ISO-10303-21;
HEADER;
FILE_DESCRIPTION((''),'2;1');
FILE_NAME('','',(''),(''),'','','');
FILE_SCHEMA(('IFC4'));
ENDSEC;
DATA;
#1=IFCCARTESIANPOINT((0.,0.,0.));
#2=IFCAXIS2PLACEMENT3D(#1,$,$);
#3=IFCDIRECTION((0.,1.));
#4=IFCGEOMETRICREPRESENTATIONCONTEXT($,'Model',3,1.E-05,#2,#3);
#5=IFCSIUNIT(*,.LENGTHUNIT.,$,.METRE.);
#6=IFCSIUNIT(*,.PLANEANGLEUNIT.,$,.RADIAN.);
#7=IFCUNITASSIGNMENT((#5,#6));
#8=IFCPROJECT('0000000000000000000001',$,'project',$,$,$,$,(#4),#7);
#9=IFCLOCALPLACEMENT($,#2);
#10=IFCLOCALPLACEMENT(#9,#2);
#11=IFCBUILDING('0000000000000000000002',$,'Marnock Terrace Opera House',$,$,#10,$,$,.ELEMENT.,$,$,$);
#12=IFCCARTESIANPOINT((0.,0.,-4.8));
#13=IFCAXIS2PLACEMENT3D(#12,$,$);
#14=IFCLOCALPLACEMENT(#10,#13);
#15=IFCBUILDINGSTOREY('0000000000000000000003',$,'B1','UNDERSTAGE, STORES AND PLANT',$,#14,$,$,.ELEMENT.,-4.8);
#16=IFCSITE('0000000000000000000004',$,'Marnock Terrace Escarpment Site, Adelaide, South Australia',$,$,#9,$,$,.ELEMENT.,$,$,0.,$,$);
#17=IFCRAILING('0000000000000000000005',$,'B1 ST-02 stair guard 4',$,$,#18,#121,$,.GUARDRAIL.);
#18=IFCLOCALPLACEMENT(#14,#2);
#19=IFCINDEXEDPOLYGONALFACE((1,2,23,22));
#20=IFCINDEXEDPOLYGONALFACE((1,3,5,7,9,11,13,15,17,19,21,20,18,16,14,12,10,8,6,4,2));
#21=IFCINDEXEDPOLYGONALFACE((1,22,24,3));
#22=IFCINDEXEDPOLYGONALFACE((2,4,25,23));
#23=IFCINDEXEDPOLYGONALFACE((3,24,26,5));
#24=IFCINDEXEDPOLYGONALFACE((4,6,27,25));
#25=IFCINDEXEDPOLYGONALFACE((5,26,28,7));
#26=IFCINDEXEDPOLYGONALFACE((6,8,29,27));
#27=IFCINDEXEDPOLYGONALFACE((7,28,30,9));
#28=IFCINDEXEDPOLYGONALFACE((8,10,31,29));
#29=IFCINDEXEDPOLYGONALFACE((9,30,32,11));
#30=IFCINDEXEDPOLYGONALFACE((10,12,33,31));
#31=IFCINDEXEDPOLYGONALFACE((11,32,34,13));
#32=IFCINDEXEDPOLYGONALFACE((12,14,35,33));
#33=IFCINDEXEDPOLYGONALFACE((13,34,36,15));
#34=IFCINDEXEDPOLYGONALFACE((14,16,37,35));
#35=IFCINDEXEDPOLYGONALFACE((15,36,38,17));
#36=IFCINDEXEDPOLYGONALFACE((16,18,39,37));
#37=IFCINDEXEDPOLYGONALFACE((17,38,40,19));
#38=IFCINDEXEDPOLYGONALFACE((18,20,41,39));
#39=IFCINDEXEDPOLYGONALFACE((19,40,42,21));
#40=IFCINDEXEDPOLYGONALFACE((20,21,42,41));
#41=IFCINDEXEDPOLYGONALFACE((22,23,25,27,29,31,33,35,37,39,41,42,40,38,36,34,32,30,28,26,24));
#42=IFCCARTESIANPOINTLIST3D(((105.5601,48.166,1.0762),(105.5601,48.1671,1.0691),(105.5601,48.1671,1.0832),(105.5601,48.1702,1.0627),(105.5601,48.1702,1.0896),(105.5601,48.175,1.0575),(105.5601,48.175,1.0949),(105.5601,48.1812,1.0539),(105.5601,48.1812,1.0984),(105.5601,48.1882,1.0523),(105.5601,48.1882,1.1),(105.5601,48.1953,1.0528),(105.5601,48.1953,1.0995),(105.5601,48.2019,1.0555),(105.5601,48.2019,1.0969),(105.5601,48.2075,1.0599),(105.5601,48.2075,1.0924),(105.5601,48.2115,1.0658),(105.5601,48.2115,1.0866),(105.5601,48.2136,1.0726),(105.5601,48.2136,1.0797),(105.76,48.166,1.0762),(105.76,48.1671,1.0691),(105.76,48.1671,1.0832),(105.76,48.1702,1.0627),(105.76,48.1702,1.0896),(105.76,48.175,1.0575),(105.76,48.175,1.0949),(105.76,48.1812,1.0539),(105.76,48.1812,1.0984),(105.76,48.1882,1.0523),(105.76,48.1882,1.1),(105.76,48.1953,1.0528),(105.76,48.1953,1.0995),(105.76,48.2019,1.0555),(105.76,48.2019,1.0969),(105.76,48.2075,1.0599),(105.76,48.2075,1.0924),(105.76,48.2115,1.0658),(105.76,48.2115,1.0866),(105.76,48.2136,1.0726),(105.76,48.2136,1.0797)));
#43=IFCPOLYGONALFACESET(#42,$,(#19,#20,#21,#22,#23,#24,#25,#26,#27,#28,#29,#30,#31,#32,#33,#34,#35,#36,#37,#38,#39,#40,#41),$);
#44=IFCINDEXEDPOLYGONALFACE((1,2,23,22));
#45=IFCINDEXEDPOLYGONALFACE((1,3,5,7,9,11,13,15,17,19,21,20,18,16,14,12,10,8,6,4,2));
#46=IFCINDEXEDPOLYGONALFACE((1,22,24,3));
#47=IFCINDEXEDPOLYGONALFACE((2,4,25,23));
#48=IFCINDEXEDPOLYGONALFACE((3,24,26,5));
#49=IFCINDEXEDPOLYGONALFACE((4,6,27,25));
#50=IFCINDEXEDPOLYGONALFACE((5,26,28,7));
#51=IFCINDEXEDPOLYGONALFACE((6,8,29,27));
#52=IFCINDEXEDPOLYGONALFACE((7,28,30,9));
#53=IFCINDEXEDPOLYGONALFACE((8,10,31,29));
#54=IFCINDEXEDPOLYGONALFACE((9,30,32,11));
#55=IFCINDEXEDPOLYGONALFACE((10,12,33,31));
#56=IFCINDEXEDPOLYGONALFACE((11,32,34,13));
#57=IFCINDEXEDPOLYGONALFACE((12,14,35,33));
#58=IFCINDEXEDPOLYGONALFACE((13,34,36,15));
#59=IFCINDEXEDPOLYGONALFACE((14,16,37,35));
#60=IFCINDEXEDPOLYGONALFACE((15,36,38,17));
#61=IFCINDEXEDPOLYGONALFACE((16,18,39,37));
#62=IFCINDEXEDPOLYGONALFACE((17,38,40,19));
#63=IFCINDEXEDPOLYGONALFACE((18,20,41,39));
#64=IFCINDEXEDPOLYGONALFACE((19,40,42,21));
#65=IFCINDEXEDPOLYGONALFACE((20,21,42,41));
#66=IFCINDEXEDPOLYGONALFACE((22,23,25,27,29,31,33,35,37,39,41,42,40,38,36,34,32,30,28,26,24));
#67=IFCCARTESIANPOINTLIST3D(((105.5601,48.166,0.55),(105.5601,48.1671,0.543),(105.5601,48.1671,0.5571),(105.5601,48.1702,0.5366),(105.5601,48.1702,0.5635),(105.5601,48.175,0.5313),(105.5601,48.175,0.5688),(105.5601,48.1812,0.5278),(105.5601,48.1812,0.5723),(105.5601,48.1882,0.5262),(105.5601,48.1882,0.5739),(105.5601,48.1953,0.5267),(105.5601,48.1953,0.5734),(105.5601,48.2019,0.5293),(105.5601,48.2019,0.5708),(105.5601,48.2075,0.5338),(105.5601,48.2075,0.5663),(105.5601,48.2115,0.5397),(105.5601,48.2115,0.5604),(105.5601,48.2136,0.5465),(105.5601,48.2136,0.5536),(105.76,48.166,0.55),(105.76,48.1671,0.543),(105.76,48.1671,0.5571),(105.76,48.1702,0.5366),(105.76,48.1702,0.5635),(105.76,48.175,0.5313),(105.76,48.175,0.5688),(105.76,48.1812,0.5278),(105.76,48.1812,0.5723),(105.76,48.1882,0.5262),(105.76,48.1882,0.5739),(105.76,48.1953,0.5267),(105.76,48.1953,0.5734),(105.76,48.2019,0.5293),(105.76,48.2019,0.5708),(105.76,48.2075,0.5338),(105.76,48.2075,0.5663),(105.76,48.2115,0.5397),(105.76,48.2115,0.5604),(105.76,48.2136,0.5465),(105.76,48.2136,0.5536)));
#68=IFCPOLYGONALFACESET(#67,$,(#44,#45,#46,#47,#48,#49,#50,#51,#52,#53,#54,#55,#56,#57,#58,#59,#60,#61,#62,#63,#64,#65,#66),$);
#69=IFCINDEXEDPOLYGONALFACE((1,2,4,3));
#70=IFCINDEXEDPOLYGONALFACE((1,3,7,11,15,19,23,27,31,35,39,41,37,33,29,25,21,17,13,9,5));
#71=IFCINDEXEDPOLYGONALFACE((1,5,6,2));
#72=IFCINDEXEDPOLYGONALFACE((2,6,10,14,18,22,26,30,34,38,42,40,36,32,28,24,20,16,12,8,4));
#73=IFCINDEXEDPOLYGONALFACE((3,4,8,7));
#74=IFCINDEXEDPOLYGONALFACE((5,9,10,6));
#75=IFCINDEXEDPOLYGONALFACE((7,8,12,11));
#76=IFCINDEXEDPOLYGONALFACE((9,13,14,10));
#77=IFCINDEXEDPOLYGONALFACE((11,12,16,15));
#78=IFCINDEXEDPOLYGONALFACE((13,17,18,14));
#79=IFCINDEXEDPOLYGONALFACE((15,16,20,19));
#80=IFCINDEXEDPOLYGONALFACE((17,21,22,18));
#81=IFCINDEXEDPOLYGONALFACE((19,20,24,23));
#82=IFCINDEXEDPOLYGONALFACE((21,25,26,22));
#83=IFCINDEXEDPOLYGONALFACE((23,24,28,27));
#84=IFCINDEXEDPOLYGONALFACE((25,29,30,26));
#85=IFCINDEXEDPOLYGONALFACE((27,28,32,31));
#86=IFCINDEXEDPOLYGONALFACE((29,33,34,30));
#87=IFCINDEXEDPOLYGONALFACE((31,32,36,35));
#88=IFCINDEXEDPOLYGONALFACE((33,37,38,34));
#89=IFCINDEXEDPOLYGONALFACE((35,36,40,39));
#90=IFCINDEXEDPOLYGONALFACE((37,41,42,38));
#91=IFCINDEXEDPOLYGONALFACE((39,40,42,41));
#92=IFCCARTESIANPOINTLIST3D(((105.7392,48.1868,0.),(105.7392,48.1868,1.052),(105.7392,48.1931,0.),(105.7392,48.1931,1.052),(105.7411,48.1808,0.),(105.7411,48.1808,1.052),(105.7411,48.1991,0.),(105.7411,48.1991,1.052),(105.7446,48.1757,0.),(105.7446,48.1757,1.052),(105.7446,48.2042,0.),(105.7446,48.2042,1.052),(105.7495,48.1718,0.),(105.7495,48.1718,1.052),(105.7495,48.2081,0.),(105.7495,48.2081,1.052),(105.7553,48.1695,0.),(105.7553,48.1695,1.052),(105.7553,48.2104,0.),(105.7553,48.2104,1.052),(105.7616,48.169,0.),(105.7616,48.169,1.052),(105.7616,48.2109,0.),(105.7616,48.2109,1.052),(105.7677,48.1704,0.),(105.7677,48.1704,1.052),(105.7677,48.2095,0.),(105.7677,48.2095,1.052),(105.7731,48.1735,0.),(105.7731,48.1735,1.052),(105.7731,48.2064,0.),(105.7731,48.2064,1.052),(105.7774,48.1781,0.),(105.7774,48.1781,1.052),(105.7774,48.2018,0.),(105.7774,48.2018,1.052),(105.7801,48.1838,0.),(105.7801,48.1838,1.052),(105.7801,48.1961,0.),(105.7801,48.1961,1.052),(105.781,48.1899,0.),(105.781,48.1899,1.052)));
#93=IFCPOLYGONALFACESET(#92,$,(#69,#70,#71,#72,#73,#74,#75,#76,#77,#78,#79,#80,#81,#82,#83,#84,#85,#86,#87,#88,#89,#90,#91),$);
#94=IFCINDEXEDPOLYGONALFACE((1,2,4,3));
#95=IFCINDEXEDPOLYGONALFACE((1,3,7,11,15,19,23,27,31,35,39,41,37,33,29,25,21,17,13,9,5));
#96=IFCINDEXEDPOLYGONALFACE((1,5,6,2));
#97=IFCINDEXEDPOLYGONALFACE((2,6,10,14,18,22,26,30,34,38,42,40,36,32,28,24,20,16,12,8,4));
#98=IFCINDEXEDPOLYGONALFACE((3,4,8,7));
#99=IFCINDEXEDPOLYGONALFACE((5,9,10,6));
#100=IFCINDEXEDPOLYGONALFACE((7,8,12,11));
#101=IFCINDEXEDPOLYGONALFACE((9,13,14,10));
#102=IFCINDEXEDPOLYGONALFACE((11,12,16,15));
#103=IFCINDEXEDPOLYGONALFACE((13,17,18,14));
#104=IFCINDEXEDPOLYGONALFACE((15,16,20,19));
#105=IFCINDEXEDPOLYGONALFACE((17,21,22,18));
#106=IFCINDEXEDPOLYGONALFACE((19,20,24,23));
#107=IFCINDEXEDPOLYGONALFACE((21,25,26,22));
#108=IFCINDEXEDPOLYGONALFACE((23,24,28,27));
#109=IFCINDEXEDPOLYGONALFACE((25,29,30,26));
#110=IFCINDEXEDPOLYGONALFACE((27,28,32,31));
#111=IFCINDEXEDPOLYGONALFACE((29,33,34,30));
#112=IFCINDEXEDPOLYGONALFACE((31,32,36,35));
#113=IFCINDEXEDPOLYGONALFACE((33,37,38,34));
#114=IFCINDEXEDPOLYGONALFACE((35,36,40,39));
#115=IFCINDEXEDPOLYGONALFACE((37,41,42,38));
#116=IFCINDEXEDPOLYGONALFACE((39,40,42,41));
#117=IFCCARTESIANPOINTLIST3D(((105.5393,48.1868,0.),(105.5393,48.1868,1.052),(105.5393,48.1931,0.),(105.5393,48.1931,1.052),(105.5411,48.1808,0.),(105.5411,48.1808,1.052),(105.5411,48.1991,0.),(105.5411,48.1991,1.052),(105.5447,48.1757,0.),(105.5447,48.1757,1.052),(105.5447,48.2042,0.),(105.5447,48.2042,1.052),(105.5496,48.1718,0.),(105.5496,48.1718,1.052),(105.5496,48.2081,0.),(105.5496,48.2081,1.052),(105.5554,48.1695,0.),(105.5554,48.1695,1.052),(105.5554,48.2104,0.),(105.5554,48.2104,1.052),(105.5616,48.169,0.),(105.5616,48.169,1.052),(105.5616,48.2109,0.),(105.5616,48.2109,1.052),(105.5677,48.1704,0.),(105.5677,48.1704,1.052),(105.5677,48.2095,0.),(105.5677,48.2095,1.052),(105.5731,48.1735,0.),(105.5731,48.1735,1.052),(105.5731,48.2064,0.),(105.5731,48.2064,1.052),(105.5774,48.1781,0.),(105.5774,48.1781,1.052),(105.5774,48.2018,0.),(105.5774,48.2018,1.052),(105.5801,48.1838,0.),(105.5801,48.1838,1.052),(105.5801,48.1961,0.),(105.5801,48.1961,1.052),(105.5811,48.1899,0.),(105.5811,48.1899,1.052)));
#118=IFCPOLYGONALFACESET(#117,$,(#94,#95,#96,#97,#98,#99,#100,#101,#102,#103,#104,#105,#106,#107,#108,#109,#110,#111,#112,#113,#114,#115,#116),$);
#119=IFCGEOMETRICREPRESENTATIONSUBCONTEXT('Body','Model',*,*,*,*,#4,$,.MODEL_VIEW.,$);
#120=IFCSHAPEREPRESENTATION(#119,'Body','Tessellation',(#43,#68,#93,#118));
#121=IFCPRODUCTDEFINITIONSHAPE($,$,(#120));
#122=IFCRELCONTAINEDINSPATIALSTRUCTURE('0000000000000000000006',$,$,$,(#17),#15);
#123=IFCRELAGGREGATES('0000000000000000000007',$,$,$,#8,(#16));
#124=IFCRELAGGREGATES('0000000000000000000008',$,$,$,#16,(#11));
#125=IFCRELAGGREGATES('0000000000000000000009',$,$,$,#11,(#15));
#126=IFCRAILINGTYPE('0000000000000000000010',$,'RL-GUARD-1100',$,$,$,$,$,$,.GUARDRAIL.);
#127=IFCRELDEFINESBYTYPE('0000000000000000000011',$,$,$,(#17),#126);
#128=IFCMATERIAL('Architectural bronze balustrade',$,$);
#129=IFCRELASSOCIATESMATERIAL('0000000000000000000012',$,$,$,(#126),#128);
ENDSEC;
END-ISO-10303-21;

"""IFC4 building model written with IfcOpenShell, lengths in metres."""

from ifc_helpers import new_model, si_unit, direction, frame, origin, origin_2d, place, context, subcontext, project, spatial, circle, extrude, material, type_object, element, save


model = new_model("IFC4")

# Units and contexts
model_context = context("Model", 3, precision=1e-05, world=origin(), true_north=direction((0.0, 1.0)))
body_context = subcontext(model_context, "Body", "Model", "MODEL_VIEW")
ifc_project = project(units=[si_unit("LENGTHUNIT", "METRE"), si_unit("PLANEANGLEUNIT", "RADIAN")], contexts=[model_context])

# Site, building, storey
site_placement = place(None, origin())
site = spatial("IfcSite", under=ifc_project, at=site_placement, Name="Marnock Terrace Escarpment Site, Adelaide, South Australia", CompositionType="ELEMENT", RefElevation=0.0)
building_placement = place(site_placement, origin())
building = spatial("IfcBuilding", under=site, at=building_placement, Name="Marnock Terrace Opera House", CompositionType="ELEMENT")
storey_placement = place(building_placement, frame((0.0, 0.0, -4.8)))
storey = spatial("IfcBuildingStorey", under=building, at=storey_placement, Name="B1", Description="UNDERSTAGE, STORES AND PLANT", CompositionType="ELEMENT", Elevation=-4.8)

# Railing
ifc_material_1 = material(Name="Architectural bronze balustrade")
railing_type_1 = type_object("IfcRailingType", Name="RL-GUARD-1100", PredefinedType="GUARDRAIL", material=ifc_material_1)
railing_1_placement = place(storey_placement, frame((105.76, 48.1899, 0.0)))
element("IfcRailing", 1, at=railing_1_placement, inside=storey, type_object=railing_type_1, Name="B1 ST-02 stair guard 4", PredefinedType="GUARDRAIL", context=body_context, shape_type="SweptSolid", body=[
    extrude(circle(Radius=0.0239, at=origin_2d()), frame((0.0, 0.0, 1.0762), z_axis=(-1.0, 0.0, 0.0), x_axis=(0.0, -1.0, 0.0)), (0.0, 0.0, 1.0), 0.2),
    extrude(circle(Radius=0.0239, at=origin_2d()), frame((0.0, 0.0, 0.55), z_axis=(-1.0, 0.0, 0.0), x_axis=(0.0, -1.0, 0.0)), (0.0, 0.0, 1.0), 0.2),
    extrude(circle(Radius=0.021, at=origin_2d()), origin(), (0.0, 0.0, 1.0), 1.052),
    extrude(circle(Radius=0.021, at=origin_2d()), frame((-0.2, 0.0, 0.0)), (0.0, 0.0, 1.0), 1.052),
])

save(model, "model.ifc")
